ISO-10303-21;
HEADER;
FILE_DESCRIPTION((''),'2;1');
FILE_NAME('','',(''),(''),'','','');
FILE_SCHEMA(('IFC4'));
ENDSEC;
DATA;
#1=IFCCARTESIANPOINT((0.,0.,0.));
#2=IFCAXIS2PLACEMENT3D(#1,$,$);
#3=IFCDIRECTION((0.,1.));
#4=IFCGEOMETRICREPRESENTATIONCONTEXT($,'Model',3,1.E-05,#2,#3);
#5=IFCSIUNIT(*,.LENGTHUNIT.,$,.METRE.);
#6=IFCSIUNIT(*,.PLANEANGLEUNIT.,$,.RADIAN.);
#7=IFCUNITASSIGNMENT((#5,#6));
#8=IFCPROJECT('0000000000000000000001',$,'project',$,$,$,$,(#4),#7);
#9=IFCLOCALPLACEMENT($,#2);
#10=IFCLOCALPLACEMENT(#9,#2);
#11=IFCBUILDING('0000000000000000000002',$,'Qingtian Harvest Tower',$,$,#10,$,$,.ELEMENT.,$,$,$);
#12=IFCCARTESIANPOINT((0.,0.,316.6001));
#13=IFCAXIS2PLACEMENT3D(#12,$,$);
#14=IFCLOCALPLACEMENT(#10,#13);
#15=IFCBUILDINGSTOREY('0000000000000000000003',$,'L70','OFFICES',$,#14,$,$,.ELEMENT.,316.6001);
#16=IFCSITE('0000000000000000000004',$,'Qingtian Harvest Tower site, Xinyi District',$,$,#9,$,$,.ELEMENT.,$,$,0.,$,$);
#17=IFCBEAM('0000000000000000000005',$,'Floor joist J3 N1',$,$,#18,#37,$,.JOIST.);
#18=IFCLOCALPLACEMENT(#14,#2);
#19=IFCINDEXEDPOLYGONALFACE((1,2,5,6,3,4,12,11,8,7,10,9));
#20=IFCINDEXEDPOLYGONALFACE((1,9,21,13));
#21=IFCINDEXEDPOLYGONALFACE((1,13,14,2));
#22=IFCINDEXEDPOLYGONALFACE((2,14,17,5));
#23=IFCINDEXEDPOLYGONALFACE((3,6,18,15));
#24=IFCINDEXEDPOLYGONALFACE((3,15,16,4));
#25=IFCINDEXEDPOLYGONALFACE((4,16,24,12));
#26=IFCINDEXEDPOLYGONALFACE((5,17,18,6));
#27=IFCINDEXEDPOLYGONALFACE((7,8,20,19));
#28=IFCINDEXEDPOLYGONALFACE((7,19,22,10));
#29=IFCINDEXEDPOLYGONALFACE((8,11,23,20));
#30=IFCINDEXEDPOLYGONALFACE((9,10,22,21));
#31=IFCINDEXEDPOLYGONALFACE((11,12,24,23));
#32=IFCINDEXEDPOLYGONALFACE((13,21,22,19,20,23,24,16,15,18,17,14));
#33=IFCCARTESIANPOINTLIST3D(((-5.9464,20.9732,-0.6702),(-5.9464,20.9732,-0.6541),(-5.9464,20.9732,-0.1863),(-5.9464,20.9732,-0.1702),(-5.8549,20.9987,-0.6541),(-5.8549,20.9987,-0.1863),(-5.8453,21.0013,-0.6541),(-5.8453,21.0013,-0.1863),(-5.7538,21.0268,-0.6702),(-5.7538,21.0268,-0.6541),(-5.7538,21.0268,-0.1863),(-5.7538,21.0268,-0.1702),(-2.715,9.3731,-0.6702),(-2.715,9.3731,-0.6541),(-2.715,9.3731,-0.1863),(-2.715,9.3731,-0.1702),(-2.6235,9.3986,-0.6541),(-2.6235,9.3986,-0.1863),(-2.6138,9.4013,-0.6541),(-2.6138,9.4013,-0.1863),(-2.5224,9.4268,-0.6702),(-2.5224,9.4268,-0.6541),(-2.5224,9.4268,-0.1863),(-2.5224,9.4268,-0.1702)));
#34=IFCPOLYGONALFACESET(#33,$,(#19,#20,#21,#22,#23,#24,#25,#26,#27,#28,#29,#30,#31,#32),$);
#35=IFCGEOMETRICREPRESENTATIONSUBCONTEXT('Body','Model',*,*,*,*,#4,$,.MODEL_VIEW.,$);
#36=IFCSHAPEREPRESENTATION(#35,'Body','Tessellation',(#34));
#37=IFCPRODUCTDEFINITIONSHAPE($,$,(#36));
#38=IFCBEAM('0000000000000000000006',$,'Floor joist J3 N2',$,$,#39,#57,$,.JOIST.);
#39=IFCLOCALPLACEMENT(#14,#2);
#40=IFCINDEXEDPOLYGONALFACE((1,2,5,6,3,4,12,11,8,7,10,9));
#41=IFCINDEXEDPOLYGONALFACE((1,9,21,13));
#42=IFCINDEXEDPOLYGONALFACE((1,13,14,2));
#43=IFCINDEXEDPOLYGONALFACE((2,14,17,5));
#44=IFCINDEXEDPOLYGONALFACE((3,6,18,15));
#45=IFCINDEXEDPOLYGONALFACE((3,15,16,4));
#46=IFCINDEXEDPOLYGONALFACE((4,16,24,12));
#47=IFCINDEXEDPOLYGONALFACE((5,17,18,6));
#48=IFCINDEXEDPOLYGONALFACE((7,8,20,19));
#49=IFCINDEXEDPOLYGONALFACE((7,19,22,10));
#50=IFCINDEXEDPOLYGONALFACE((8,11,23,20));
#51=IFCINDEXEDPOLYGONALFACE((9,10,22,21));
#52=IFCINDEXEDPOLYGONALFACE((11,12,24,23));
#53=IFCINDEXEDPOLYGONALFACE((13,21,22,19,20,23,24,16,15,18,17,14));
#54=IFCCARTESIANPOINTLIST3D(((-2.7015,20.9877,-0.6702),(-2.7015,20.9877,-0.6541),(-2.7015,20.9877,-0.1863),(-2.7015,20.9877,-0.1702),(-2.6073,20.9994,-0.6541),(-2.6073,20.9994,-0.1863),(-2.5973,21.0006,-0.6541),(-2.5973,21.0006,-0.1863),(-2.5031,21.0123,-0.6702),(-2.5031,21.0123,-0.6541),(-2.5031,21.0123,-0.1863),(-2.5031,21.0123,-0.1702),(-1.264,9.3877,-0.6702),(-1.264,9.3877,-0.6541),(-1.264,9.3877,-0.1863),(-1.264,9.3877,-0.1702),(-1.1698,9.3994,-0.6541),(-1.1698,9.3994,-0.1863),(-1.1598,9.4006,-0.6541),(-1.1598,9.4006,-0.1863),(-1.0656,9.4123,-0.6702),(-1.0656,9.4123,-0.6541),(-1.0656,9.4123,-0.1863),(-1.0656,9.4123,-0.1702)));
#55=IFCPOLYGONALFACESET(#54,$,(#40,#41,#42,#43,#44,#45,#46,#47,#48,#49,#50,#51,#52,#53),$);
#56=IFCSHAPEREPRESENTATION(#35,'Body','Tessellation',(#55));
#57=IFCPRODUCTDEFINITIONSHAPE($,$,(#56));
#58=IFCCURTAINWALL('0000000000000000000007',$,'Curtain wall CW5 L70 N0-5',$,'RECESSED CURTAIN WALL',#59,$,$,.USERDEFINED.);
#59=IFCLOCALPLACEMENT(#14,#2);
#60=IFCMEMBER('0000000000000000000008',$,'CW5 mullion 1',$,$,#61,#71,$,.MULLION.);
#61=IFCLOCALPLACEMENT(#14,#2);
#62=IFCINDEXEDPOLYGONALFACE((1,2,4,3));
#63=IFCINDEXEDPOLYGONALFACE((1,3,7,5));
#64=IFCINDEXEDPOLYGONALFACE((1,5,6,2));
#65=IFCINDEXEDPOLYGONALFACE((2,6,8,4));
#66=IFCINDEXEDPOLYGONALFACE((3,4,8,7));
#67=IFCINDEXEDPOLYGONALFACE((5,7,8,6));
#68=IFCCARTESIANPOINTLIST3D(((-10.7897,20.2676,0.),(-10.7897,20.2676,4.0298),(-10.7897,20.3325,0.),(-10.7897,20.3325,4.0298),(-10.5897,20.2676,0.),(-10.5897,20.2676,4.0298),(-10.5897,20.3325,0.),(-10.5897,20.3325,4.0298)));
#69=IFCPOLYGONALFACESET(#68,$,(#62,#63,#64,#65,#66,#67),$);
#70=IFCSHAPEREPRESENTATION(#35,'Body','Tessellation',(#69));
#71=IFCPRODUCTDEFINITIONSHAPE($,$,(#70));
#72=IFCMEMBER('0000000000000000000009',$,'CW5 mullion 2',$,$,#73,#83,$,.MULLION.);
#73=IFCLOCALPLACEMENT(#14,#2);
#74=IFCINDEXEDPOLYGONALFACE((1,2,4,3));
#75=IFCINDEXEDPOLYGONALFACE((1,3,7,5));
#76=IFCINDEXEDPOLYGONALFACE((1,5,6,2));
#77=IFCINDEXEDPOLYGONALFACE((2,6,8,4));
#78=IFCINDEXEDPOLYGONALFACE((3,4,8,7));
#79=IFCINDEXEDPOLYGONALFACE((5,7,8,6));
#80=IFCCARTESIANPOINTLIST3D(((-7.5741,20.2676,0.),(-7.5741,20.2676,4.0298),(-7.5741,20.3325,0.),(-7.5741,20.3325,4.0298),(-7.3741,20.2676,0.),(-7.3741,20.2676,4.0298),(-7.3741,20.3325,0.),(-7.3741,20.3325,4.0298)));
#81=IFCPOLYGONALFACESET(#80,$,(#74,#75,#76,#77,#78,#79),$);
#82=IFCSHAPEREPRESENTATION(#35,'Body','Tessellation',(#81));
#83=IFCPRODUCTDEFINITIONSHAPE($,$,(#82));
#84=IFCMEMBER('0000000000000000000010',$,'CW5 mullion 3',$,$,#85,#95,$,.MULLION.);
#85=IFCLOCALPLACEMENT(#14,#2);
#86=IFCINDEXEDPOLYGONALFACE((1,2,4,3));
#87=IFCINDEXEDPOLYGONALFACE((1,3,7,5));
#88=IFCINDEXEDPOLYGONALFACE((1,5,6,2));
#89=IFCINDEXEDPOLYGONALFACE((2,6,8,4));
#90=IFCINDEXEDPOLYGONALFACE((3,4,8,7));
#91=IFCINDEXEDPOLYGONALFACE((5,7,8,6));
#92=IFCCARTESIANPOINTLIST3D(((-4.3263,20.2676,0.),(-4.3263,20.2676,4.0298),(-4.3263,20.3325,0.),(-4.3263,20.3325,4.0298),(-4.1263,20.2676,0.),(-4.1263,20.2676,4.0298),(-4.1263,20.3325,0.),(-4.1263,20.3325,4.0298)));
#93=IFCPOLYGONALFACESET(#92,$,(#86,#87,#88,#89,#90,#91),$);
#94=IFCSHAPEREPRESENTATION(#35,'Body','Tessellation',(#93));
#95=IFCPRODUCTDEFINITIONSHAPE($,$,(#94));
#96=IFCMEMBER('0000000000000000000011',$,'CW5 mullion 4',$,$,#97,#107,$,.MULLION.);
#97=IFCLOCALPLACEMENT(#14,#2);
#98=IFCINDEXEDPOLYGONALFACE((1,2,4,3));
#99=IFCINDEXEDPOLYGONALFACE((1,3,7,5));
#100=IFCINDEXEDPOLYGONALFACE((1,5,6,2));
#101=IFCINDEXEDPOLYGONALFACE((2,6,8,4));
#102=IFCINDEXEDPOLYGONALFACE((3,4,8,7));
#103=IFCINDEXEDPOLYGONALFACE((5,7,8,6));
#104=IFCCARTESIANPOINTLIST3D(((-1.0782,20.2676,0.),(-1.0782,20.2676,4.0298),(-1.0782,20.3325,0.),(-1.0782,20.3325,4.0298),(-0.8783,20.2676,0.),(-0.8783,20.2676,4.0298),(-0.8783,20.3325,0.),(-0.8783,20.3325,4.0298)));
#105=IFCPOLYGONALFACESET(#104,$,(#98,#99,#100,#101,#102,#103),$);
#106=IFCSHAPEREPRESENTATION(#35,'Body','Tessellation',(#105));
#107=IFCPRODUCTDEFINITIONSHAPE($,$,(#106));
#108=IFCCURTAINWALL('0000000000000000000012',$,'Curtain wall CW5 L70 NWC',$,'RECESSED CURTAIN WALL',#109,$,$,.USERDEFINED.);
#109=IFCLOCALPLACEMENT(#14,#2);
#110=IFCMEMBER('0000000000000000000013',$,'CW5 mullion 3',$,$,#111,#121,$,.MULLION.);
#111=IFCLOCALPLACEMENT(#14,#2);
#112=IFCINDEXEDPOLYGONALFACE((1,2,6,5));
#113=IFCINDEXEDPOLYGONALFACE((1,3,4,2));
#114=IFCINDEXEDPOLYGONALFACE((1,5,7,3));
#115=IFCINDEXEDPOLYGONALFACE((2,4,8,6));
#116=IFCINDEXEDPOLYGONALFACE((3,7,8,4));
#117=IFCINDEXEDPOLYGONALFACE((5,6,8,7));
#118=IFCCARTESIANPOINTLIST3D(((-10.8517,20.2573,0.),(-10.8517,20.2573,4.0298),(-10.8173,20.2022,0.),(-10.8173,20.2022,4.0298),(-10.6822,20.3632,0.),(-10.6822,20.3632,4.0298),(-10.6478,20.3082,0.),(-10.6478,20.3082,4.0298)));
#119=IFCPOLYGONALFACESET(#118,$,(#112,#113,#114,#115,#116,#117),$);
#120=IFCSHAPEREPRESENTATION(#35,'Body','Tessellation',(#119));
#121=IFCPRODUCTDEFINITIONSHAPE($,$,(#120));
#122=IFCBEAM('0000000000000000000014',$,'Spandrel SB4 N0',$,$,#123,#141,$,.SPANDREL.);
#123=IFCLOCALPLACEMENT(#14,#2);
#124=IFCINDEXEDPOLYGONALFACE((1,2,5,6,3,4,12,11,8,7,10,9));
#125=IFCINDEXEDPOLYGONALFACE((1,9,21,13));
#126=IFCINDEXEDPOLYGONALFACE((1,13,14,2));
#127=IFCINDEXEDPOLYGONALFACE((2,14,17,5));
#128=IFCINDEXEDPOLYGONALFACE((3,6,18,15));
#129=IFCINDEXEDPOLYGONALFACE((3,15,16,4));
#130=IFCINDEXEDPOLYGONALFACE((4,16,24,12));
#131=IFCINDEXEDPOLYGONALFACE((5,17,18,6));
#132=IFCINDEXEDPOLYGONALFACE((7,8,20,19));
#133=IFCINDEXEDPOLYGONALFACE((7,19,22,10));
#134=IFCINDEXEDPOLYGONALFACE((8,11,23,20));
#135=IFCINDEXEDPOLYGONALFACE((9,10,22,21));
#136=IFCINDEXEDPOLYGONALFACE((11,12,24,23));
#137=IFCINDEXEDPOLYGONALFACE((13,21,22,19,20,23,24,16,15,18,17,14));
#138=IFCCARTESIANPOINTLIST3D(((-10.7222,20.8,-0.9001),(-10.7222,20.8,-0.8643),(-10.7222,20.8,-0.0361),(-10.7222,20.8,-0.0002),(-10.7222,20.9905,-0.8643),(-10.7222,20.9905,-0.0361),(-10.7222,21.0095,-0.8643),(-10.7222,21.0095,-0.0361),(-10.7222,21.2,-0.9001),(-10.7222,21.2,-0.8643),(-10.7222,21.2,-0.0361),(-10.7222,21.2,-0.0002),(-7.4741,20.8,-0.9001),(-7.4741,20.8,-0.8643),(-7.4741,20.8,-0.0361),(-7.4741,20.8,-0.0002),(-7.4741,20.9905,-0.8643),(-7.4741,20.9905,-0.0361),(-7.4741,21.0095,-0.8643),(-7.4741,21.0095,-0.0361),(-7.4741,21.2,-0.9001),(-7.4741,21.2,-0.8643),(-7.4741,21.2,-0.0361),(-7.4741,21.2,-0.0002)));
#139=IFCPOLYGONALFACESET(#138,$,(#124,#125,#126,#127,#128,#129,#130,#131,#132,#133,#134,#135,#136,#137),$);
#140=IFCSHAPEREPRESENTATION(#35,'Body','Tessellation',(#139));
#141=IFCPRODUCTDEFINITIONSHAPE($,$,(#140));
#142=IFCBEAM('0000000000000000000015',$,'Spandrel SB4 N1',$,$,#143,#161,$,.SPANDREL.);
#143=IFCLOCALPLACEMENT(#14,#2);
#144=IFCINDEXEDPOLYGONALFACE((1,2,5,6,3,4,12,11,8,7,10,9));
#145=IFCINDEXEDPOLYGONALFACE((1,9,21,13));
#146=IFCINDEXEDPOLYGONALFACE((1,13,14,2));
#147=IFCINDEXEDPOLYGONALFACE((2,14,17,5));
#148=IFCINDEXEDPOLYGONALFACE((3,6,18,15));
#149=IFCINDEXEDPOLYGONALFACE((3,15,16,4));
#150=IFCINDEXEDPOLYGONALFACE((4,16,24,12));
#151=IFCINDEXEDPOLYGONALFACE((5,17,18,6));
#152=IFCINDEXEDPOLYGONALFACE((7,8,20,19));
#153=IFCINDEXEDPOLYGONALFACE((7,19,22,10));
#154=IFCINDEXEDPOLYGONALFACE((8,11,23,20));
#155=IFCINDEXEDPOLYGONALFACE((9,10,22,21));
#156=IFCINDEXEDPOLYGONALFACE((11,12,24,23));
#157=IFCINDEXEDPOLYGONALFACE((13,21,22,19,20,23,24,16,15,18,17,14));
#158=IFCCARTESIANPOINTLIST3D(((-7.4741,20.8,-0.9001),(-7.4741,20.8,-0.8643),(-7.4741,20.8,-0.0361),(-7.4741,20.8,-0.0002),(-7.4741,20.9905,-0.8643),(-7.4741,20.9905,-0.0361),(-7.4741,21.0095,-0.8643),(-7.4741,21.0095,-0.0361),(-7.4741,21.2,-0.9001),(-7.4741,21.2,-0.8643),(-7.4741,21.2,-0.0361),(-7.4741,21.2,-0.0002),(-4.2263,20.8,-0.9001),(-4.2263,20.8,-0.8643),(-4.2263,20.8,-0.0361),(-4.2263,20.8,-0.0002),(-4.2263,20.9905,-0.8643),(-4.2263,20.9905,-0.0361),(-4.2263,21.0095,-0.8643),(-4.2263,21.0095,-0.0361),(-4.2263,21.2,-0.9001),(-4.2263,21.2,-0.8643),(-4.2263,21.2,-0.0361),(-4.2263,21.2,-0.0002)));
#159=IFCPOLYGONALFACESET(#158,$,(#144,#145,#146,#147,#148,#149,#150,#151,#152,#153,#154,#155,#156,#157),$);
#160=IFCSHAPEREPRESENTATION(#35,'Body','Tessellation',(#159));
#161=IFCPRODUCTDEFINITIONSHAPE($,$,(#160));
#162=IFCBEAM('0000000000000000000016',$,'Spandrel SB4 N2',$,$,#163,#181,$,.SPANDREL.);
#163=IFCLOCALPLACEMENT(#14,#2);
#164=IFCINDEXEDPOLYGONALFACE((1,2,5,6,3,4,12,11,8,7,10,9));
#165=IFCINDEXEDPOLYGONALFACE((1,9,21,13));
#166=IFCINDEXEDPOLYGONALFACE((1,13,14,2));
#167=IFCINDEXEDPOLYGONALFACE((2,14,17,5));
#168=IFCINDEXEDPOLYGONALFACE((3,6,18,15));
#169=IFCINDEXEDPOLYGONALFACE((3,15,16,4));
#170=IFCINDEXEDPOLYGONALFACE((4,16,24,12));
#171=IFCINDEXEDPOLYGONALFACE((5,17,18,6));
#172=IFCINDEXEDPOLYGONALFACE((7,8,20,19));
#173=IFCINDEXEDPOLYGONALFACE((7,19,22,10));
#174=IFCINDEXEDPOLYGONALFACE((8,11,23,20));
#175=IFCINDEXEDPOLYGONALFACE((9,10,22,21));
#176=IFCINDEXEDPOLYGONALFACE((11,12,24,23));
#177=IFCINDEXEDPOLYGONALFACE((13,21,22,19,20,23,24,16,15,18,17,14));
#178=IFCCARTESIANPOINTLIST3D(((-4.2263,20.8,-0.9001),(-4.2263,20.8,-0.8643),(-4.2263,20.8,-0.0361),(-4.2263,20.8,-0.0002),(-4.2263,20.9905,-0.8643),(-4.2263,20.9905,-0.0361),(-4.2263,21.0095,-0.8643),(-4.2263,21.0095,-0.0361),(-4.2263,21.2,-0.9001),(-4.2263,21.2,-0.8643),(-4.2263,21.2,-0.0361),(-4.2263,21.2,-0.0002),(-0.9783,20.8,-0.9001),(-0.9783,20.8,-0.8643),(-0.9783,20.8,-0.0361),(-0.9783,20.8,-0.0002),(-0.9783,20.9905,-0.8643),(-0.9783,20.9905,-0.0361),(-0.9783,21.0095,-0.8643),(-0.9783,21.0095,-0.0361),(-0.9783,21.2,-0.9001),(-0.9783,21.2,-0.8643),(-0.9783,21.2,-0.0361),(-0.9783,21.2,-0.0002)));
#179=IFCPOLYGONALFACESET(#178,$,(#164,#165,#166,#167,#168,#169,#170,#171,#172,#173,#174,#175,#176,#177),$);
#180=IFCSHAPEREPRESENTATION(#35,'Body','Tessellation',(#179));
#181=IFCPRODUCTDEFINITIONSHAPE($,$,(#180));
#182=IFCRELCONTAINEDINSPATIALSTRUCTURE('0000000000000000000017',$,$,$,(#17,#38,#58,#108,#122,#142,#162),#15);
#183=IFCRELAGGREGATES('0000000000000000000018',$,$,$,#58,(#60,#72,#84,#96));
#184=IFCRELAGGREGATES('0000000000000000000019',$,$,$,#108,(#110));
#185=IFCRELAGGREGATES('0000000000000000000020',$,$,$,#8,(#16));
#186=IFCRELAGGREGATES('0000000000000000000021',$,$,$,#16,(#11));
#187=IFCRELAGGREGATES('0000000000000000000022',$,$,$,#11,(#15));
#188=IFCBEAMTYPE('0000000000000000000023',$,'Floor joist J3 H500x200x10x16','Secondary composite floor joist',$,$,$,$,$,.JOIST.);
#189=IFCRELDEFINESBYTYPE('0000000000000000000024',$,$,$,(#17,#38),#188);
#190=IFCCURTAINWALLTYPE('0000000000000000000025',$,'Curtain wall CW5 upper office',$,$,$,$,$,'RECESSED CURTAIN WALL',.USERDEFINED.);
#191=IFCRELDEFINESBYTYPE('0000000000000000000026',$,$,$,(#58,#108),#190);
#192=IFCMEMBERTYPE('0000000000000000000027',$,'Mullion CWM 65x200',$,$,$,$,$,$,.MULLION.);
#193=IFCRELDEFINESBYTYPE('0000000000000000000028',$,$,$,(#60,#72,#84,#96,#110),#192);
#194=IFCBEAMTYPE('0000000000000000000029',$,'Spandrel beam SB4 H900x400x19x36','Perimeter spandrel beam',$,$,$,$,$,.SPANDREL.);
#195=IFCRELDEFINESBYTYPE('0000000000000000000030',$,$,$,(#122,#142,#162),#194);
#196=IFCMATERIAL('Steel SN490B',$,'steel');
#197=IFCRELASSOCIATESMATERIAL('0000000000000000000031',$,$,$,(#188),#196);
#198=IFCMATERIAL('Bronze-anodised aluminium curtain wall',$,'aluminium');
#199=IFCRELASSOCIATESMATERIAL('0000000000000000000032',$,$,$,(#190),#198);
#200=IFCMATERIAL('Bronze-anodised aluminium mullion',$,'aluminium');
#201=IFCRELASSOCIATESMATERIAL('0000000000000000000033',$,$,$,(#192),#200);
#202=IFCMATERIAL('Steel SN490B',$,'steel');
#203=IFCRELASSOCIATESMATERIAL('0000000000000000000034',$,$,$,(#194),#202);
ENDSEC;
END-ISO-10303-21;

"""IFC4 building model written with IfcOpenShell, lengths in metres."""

from ifc_helpers import new_model, si_unit, direction, frame, origin, origin_2d, place, context, subcontext, project, spatial, rectangle, i_section, extrude, material, material_profile, profile_set, type_object, element, aggregate, save


model = new_model("IFC4")

# Units and contexts
model_context = context("Model", 3, precision=1e-05, world=origin(), true_north=direction((0.0, 1.0)))
body_context = subcontext(model_context, "Body", "Model", "MODEL_VIEW")
ifc_project = project(units=[si_unit("LENGTHUNIT", "METRE"), si_unit("PLANEANGLEUNIT", "RADIAN")], contexts=[model_context])

# Site, building, storey
site_placement = place(None, origin())
site = spatial("IfcSite", under=ifc_project, at=site_placement, Name="Qingtian Harvest Tower site, Xinyi District", CompositionType="ELEMENT", RefElevation=0.0)
building_placement = place(site_placement, origin())
building = spatial("IfcBuilding", under=site, at=building_placement, Name="Qingtian Harvest Tower", CompositionType="ELEMENT")
storey_placement = place(building_placement, frame((0.0, 0.0, 316.6001)))
storey = spatial("IfcBuildingStorey", under=building, at=storey_placement, Name="L70", Description="OFFICES", CompositionType="ELEMENT", Elevation=316.6001)

# Beams
ifc_material_1 = material(Name="Steel SN490B", Category="steel")
ifc_material_profile_1 = material_profile(ifc_material_1, i_section(OverallWidth=0.2, OverallDepth=0.5, WebThickness=0.01, FlangeThickness=0.0161, at=origin_2d()), Name="H500x200x10x16")
ifc_profile_set_1 = profile_set([ifc_material_profile_1], Name="Steel SN490B")
beam_type_1 = type_object("IfcBeamType", Name="Floor joist J3 H500x200x10x16", Description="Secondary composite floor joist", PredefinedType="JOIST", material=ifc_profile_set_1)
beam_1_placement = place(storey_placement, frame((-5.8501, 21.0, -0.4202), z_axis=(0.268353, -0.963321, 0.0), x_axis=(0.963321, 0.268353, 0.0)))
element("IfcBeam", 1, at=beam_1_placement, inside=storey, type_object=beam_type_1, Name="Floor joist J3 N1", PredefinedType="JOIST", context=body_context, shape_type="SweptSolid", body=[
    extrude(i_section(OverallWidth=0.2, OverallDepth=0.5, WebThickness=0.01, FlangeThickness=0.0161, at=origin_2d()), origin(), (0.0, 0.0, 1.0), 12.0417),
])
beam_2_placement = place(storey_placement, frame((-2.6023, 21.0, -0.4202), z_axis=(0.122981, -0.992409, 0.0), x_axis=(0.992409, 0.122981, 0.0)))
element("IfcBeam", 2, at=beam_2_placement, inside=storey, type_object=beam_type_1, Name="Floor joist J3 N2", PredefinedType="JOIST", context=body_context, shape_type="SweptSolid", body=[
    extrude(i_section(OverallWidth=0.2, OverallDepth=0.5, WebThickness=0.01, FlangeThickness=0.0161, at=origin_2d()), origin(), (0.0, 0.0, 1.0), 11.6887),
])

# Curtain wall, members
ifc_material_2 = material(Name="Bronze-anodised aluminium curtain wall", Category="aluminium")
curtain_wall_type = type_object("IfcCurtainWallType", Name="Curtain wall CW5 upper office", ElementType="RECESSED CURTAIN WALL", PredefinedType="USERDEFINED", material=ifc_material_2)
curtain_wall_1_placement = place(storey_placement, origin())
curtain_wall_1 = element("IfcCurtainWall", 3, at=curtain_wall_1_placement, inside=storey, type_object=curtain_wall_type, Name="Curtain wall CW5 L70 N0-5", ObjectType="RECESSED CURTAIN WALL", PredefinedType="USERDEFINED")
ifc_material_3 = material(Name="Bronze-anodised aluminium mullion", Category="aluminium")
ifc_material_profile_2 = material_profile(ifc_material_3, rectangle(XDim=0.0649, YDim=0.2, at=origin_2d()), Name="AL 65x200")
ifc_profile_set_2 = profile_set([ifc_material_profile_2], Name="Bronze-anodised aluminium mullion")
member_type_1 = type_object("IfcMemberType", Name="Mullion CWM 65x200", PredefinedType="MULLION", material=ifc_profile_set_2)
member_1_placement = place(storey_placement, frame((-10.6897, 20.3, 0.0), z_axis=(0.0, 0.0, 1.0), x_axis=(0.0, 1.0, 0.0)))
member_1 = element("IfcMember", 4, at=member_1_placement, type_object=member_type_1, Name="CW5 mullion 1", PredefinedType="MULLION", context=body_context, shape_type="SweptSolid", body=[
    extrude(rectangle(XDim=0.0649, YDim=0.2, at=origin_2d()), origin(), (0.0, 0.0, 1.0), 4.0298),
])
member_2_placement = place(storey_placement, frame((-7.4741, 20.3, 0.0), z_axis=(0.0, 0.0, 1.0), x_axis=(0.0, 1.0, 0.0)))
member_2 = element("IfcMember", 5, at=member_2_placement, type_object=member_type_1, Name="CW5 mullion 2", PredefinedType="MULLION", context=body_context, shape_type="SweptSolid", body=[
    extrude(rectangle(XDim=0.0649, YDim=0.2, at=origin_2d()), origin(), (0.0, 0.0, 1.0), 4.0298),
])
member_3_placement = place(storey_placement, frame((-4.2263, 20.3, 0.0), z_axis=(0.0, 0.0, 1.0), x_axis=(0.0, 1.0, 0.0)))
member_3 = element("IfcMember", 6, at=member_3_placement, type_object=member_type_1, Name="CW5 mullion 3", PredefinedType="MULLION", context=body_context, shape_type="SweptSolid", body=[
    extrude(rectangle(XDim=0.0649, YDim=0.2, at=origin_2d()), origin(), (0.0, 0.0, 1.0), 4.0298),
])
member_4_placement = place(storey_placement, frame((-0.9783, 20.3, 0.0), z_axis=(0.0, 0.0, 1.0), x_axis=(0.0, 1.0, 0.0)))
member_4 = element("IfcMember", 7, at=member_4_placement, type_object=member_type_1, Name="CW5 mullion 4", PredefinedType="MULLION", context=body_context, shape_type="SweptSolid", body=[
    extrude(rectangle(XDim=0.0649, YDim=0.2, at=origin_2d()), origin(), (0.0, 0.0, 1.0), 4.0298),
])

# Curtain wall, member
curtain_wall_2_placement = place(storey_placement, origin())
curtain_wall_2 = element("IfcCurtainWall", 8, at=curtain_wall_2_placement, inside=storey, type_object=curtain_wall_type, Name="Curtain wall CW5 L70 NWC", ObjectType="RECESSED CURTAIN WALL", PredefinedType="USERDEFINED")
member_5_placement = place(storey_placement, frame((-10.7498, 20.2827, 0.0), z_axis=(0.0, 0.0, 1.0), x_axis=(-0.529919, 0.848048, 0.0)))
member_5 = element("IfcMember", 9, at=member_5_placement, type_object=member_type_1, Name="CW5 mullion 3", PredefinedType="MULLION", context=body_context, shape_type="SweptSolid", body=[
    extrude(rectangle(XDim=0.0649, YDim=0.2, at=origin_2d()), origin(), (0.0, 0.0, 1.0), 4.0298),
])

# Beams
ifc_material_4 = material(Name="Steel SN490B", Category="steel")
ifc_material_profile_3 = material_profile(ifc_material_4, i_section(OverallWidth=0.3999, OverallDepth=0.8999, WebThickness=0.019, FlangeThickness=0.0359, at=origin_2d()), Name="H900x400x19x36")
ifc_profile_set_3 = profile_set([ifc_material_profile_3], Name="Steel SN490B")
beam_type_2 = type_object("IfcBeamType", Name="Spandrel beam SB4 H900x400x19x36", Description="Perimeter spandrel beam", PredefinedType="SPANDREL", material=ifc_profile_set_3)
beam_3_placement = place(storey_placement, frame((-10.7222, 21.0, -0.4502), z_axis=(1.0, 0.0, 0.0), x_axis=(0.0, 1.0, 0.0)))
element("IfcBeam", 10, at=beam_3_placement, inside=storey, type_object=beam_type_2, Name="Spandrel SB4 N0", PredefinedType="SPANDREL", context=body_context, shape_type="SweptSolid", body=[
    extrude(i_section(OverallWidth=0.3999, OverallDepth=0.8999, WebThickness=0.019, FlangeThickness=0.0359, at=origin_2d()), origin(), (0.0, 0.0, 1.0), 3.248),
])
beam_4_placement = place(storey_placement, frame((-7.4741, 21.0, -0.4502), z_axis=(1.0, 0.0, 0.0), x_axis=(0.0, 1.0, 0.0)))
element("IfcBeam", 11, at=beam_4_placement, inside=storey, type_object=beam_type_2, Name="Spandrel SB4 N1", PredefinedType="SPANDREL", context=body_context, shape_type="SweptSolid", body=[
    extrude(i_section(OverallWidth=0.3999, OverallDepth=0.8999, WebThickness=0.019, FlangeThickness=0.0359, at=origin_2d()), origin(), (0.0, 0.0, 1.0), 3.2478),
])
for number, where, z_axis, x_axis, name in (
    (12, (-4.2263, 21.0, -0.4502), (1.0, 0.0, 0.0), (0.0, 1.0, 0.0), "Spandrel SB4 N2"),
):
    element("IfcBeam", number, at=place(storey_placement, frame(where, z_axis=z_axis, x_axis=x_axis)), inside=storey, type_object=beam_type_2, Name=name, PredefinedType="SPANDREL", context=body_context, shape_type="SweptSolid", body=[
        extrude(i_section(OverallWidth=0.3999, OverallDepth=0.8999, WebThickness=0.019, FlangeThickness=0.0359, at=origin_2d()), origin(), (0.0, 0.0, 1.0), 3.248),
    ])

aggregate(curtain_wall_1, [member_1, member_2, member_3, member_4])
aggregate(curtain_wall_2, [member_5])

save(model, "model.ifc")
